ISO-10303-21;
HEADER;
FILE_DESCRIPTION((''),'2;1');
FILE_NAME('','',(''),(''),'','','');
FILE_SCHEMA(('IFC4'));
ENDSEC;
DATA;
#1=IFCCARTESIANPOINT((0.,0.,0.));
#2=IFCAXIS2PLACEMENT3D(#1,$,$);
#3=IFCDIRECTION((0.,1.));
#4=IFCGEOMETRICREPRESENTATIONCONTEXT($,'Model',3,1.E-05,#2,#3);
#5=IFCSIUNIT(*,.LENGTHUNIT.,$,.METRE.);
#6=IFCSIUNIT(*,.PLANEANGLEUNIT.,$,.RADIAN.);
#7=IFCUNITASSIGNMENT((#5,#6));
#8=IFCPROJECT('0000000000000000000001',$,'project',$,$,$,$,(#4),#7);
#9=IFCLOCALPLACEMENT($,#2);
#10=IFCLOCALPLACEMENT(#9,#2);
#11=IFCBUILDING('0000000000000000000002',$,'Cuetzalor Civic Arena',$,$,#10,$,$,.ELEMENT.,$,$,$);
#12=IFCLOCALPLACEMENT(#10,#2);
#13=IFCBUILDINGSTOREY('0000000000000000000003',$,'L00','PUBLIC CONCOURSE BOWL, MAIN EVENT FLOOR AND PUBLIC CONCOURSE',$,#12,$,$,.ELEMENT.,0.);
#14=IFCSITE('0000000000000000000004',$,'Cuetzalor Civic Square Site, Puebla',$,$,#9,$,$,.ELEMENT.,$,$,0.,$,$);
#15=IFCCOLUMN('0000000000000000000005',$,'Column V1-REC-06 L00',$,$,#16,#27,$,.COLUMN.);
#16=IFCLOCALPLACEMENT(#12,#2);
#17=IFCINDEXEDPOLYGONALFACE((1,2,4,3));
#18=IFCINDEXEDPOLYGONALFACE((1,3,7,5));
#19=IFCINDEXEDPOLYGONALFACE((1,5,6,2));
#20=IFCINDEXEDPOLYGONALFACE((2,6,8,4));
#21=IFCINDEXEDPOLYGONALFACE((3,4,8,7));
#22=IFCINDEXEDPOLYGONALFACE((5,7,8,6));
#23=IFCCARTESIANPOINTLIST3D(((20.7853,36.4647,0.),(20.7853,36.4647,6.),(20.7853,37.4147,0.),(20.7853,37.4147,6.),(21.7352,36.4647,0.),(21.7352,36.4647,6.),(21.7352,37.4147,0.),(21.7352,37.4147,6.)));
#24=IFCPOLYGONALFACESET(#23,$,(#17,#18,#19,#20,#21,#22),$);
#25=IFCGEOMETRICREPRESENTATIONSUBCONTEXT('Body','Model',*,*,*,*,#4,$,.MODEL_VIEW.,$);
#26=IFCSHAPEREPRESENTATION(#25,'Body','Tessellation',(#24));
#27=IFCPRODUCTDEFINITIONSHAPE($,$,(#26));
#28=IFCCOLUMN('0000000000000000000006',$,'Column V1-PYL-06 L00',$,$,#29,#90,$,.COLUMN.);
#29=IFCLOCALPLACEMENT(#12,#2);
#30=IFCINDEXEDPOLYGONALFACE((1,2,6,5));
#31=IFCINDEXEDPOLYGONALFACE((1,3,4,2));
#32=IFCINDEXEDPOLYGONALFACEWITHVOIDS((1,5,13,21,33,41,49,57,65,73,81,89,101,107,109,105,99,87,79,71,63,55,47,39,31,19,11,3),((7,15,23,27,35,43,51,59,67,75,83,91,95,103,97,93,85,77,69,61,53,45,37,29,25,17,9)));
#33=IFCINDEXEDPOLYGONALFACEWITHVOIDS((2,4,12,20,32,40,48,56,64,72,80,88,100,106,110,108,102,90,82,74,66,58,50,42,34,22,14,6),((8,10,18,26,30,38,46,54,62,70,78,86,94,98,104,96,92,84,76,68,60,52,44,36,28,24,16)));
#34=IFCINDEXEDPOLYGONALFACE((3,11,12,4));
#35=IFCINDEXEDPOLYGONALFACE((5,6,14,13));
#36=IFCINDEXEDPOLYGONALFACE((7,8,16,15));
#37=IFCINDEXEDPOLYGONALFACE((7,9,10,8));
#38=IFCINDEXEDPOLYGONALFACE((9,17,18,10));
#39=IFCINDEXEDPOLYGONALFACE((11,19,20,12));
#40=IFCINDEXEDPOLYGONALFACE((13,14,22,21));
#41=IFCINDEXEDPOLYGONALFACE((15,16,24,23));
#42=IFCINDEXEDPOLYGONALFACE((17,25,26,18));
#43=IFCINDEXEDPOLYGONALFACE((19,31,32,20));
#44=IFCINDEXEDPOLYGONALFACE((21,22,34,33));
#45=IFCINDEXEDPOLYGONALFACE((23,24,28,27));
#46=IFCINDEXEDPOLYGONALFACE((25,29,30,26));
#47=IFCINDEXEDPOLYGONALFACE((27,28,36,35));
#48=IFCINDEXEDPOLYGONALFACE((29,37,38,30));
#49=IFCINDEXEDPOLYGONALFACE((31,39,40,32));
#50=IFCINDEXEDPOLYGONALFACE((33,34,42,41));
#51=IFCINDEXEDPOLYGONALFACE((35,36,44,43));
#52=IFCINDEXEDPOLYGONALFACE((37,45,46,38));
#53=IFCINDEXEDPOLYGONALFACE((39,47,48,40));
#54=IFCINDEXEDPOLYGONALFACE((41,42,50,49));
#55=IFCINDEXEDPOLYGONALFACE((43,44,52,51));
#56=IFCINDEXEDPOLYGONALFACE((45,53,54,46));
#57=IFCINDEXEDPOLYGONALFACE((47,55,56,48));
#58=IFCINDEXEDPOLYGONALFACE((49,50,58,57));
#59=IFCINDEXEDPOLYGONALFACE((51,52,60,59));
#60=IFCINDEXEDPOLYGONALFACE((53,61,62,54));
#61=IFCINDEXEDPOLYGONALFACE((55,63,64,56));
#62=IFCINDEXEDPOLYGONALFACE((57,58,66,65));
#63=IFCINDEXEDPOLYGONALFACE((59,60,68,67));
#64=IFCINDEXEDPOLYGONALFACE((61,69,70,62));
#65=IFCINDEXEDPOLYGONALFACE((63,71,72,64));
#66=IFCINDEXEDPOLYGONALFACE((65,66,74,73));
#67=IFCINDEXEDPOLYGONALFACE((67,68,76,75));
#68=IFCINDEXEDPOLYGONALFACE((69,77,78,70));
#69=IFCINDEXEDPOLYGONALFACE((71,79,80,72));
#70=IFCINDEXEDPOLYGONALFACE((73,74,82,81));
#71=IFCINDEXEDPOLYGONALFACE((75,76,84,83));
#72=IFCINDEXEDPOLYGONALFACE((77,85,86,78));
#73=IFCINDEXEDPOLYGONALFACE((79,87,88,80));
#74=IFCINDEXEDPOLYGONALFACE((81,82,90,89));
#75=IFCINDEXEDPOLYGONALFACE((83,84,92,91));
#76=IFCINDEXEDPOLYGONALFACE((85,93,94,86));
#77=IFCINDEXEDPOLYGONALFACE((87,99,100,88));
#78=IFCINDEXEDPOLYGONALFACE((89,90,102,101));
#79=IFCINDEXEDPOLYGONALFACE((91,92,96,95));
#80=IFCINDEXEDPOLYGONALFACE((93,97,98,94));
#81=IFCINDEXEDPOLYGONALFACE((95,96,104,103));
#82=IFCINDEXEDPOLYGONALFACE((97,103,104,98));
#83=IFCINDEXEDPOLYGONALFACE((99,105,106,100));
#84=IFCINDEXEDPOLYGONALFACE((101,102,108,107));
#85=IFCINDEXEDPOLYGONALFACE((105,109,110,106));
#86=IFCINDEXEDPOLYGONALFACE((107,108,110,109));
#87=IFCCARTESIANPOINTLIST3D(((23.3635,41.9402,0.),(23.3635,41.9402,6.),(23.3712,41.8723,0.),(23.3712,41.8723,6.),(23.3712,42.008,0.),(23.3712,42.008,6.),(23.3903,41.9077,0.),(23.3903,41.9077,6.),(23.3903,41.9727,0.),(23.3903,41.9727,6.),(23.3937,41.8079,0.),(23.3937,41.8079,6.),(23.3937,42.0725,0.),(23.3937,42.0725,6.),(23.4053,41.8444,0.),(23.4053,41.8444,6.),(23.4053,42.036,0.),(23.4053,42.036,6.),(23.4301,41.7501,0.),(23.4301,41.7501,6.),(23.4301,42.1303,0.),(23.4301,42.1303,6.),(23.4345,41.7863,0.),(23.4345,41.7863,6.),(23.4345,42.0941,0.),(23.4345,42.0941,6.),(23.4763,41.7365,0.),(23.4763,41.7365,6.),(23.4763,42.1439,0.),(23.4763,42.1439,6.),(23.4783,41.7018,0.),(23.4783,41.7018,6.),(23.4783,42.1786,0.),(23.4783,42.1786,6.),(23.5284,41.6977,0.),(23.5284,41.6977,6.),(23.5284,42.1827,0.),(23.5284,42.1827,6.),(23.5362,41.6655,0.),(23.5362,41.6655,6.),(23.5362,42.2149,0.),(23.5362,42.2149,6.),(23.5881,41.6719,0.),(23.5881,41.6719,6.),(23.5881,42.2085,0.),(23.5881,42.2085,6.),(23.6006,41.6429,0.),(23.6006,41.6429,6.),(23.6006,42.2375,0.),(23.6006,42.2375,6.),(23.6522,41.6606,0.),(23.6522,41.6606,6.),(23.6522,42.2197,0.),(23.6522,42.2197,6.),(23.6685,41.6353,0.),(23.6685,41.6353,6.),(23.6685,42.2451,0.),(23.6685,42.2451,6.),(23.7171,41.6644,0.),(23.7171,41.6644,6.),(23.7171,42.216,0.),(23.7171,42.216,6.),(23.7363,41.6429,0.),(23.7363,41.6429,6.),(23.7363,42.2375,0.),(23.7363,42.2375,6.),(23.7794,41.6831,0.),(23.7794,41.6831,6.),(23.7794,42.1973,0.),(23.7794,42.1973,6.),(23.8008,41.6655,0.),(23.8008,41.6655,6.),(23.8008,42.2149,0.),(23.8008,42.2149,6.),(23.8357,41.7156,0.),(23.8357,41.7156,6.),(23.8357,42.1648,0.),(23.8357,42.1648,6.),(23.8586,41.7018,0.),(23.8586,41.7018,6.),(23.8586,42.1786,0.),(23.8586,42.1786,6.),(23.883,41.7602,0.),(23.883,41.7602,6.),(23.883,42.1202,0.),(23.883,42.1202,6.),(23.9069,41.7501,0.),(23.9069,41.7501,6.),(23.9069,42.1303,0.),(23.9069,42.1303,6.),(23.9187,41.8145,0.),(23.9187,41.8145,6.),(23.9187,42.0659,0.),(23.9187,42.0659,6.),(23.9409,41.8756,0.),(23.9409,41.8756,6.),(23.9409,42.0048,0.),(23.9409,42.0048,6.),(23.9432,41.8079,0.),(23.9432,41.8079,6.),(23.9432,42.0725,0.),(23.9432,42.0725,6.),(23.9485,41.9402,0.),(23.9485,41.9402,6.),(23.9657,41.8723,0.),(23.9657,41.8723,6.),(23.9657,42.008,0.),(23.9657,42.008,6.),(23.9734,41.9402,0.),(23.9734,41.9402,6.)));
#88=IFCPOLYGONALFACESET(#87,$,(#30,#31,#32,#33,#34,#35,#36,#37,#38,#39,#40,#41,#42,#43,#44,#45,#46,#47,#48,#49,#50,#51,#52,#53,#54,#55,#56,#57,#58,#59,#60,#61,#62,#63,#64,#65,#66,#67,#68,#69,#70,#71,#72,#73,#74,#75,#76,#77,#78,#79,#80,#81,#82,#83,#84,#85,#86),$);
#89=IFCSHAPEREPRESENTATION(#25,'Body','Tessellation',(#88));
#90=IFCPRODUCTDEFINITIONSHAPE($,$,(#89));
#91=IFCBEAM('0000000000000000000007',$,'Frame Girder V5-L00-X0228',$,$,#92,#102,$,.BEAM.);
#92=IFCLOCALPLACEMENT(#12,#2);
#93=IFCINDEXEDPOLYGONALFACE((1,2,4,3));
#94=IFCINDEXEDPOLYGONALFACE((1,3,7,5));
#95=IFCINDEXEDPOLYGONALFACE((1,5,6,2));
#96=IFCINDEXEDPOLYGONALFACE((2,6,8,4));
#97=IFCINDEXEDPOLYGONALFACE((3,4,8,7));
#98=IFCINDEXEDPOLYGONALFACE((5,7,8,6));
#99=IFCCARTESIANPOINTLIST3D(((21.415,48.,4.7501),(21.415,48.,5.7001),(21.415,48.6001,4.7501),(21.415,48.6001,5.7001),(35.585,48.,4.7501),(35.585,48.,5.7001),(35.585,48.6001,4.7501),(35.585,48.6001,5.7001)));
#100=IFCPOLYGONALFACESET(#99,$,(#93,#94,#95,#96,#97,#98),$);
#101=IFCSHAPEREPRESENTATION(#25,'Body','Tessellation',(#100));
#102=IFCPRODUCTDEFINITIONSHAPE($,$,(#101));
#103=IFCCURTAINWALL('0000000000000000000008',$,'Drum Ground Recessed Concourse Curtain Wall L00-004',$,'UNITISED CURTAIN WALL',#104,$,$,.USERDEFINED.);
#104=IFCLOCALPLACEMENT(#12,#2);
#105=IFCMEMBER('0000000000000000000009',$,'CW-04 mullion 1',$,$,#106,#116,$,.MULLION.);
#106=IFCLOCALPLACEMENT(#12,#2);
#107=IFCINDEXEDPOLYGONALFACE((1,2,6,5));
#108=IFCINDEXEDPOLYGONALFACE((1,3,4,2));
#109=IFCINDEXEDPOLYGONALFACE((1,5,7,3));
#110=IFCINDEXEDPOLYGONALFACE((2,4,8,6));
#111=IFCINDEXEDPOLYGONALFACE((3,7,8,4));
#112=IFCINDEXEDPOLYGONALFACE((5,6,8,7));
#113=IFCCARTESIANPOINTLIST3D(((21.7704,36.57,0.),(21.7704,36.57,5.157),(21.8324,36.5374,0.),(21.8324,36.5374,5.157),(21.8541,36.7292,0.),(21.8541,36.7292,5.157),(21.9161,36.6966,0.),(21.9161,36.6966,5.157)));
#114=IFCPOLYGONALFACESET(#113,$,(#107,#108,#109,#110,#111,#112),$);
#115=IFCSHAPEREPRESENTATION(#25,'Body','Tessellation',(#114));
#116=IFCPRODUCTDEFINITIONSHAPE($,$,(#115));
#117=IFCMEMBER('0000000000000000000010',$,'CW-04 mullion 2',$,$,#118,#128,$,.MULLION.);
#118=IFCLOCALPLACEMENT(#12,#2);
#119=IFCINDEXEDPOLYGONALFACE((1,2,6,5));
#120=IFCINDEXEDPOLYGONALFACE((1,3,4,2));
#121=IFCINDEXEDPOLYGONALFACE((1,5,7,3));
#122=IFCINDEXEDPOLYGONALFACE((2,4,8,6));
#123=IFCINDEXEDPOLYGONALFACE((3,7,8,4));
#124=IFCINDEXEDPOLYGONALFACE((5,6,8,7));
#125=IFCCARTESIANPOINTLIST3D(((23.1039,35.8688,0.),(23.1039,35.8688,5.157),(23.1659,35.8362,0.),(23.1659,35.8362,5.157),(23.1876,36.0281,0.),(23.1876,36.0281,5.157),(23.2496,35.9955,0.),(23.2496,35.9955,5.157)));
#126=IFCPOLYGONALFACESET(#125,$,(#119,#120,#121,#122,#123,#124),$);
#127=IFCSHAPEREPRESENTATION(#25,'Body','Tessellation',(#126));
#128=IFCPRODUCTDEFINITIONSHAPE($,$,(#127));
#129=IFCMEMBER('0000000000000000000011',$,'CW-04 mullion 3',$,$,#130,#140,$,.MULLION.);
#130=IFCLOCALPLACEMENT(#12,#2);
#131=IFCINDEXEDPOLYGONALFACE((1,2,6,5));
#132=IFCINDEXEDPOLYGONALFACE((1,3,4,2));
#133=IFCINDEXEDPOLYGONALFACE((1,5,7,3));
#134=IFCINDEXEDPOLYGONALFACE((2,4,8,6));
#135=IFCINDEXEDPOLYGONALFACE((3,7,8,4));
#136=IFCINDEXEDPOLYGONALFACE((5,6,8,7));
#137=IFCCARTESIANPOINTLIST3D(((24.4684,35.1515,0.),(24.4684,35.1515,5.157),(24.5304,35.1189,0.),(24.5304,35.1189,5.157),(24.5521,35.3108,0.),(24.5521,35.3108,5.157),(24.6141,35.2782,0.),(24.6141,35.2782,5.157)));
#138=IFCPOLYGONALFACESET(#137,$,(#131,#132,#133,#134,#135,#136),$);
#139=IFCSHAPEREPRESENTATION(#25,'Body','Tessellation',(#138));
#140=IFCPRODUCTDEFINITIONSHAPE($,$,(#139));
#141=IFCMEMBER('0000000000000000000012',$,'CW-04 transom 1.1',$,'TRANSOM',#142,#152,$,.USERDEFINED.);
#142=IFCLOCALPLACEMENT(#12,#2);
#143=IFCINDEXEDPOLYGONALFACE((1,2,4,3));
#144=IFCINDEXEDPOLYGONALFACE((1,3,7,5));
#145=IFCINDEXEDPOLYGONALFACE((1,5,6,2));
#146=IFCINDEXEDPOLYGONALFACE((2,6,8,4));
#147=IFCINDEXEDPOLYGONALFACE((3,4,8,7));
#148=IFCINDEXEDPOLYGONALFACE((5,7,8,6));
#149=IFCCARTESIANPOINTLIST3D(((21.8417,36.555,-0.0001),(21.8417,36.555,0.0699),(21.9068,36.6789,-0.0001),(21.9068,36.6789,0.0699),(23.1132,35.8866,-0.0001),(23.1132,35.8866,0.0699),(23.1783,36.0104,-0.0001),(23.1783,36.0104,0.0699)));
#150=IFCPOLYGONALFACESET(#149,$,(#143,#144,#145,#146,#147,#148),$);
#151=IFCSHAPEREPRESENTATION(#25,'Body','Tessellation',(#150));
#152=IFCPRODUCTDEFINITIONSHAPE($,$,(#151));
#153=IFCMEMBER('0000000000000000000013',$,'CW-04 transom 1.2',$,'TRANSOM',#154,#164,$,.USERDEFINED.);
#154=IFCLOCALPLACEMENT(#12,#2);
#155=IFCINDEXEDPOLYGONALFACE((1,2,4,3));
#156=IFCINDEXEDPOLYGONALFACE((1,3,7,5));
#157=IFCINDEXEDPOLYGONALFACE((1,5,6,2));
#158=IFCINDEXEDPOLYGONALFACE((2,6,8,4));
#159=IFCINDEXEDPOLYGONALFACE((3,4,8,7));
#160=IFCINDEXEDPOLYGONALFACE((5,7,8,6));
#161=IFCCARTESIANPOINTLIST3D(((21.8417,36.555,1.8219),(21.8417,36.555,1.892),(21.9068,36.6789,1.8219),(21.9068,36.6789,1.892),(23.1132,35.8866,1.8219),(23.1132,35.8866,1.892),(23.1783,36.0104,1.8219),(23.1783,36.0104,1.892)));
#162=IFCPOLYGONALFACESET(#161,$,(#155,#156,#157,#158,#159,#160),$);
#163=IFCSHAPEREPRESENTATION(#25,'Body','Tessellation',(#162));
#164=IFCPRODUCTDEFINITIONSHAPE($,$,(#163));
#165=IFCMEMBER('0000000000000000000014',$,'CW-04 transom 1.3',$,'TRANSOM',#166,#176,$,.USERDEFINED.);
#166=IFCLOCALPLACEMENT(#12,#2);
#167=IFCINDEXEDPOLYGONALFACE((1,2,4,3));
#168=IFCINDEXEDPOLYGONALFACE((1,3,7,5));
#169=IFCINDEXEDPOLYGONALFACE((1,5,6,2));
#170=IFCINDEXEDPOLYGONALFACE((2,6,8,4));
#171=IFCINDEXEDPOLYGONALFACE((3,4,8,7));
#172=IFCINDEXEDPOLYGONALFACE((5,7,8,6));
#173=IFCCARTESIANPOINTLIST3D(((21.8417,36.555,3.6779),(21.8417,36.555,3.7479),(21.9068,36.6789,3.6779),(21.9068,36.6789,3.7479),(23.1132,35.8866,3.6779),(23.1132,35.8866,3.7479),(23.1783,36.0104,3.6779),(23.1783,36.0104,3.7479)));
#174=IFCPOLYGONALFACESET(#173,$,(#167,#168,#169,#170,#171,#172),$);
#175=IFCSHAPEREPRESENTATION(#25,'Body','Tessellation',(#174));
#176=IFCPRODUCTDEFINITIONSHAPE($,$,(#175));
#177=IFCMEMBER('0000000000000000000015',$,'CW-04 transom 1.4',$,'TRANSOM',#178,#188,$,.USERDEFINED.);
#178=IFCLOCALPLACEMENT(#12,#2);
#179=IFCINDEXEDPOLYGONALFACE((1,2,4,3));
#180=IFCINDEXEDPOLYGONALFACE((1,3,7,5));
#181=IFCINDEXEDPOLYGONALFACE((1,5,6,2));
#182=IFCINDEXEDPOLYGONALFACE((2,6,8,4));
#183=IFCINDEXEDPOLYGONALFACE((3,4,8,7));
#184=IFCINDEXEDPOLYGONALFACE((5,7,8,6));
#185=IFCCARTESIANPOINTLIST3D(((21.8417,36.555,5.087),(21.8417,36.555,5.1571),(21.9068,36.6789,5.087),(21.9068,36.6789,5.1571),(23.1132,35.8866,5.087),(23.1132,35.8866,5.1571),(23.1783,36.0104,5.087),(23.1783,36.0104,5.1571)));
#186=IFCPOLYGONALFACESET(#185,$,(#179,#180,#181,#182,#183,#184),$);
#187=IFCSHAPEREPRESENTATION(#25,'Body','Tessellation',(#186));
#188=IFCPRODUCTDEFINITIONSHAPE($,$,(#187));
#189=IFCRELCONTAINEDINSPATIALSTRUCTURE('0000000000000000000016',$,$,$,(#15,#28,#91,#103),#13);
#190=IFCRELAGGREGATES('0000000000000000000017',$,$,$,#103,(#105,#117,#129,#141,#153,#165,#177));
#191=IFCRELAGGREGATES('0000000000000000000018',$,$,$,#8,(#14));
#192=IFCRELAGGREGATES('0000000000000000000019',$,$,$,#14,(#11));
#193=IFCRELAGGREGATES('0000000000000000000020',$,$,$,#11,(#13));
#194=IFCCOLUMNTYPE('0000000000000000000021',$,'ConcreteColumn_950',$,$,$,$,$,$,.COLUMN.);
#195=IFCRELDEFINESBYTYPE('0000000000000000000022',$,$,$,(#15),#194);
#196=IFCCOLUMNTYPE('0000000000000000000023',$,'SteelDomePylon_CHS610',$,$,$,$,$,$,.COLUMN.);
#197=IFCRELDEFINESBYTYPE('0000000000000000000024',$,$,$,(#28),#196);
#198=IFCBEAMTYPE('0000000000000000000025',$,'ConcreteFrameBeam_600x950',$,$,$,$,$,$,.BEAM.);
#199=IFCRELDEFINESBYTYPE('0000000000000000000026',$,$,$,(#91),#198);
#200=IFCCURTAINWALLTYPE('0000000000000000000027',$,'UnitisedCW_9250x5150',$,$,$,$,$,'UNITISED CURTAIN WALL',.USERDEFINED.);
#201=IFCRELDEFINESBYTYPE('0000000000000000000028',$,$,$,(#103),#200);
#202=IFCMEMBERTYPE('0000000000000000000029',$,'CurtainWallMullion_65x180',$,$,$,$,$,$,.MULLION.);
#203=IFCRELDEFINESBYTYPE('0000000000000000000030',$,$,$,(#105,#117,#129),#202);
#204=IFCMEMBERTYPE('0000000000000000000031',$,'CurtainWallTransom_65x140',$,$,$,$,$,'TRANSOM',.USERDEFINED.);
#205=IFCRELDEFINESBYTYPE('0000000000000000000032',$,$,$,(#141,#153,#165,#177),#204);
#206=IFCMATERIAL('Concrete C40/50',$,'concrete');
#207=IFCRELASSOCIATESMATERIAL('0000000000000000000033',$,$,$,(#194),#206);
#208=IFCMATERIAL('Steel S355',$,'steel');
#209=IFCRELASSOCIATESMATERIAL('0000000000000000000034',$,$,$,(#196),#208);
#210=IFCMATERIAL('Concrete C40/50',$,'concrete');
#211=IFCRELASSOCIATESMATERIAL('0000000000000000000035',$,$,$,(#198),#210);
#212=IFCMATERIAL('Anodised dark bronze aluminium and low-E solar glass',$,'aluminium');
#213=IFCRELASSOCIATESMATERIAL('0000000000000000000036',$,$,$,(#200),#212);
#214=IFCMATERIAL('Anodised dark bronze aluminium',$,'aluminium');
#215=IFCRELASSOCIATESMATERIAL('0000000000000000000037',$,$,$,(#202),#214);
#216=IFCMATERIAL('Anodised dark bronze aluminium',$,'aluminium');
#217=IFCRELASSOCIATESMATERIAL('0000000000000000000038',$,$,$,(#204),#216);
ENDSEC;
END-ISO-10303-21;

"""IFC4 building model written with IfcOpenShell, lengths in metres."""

from ifc_helpers import new_model, si_unit, direction, frame, origin, origin_2d, place, context, subcontext, project, spatial, rectangle, hollow_circle, extrude, material, material_profile, profile_set, type_object, element, aggregate, save


model = new_model("IFC4")

# Units and contexts
model_context = context("Model", 3, precision=1e-05, world=origin(), true_north=direction((0.0, 1.0)))
body_context = subcontext(model_context, "Body", "Model", "MODEL_VIEW")
ifc_project = project(units=[si_unit("LENGTHUNIT", "METRE"), si_unit("PLANEANGLEUNIT", "RADIAN")], contexts=[model_context])

# Site, building, storey
site_placement = place(None, origin())
site = spatial("IfcSite", under=ifc_project, at=site_placement, Name="Cuetzalor Civic Square Site, Puebla", CompositionType="ELEMENT", RefElevation=0.0)
building_placement = place(site_placement, origin())
building = spatial("IfcBuilding", under=site, at=building_placement, Name="Cuetzalor Civic Arena", CompositionType="ELEMENT")
storey_placement = place(building_placement, origin())
storey = spatial("IfcBuildingStorey", under=building, at=storey_placement, Name="L00", Description="PUBLIC CONCOURSE BOWL, MAIN EVENT FLOOR AND PUBLIC CONCOURSE", CompositionType="ELEMENT", Elevation=0.0)

# Columns
ifc_material_1 = material(Name="Concrete C40/50", Category="concrete")
ifc_material_profile_1 = material_profile(ifc_material_1, rectangle(XDim=0.95, YDim=0.95, at=origin_2d()), Name="RC 950x950")
ifc_profile_set_1 = profile_set([ifc_material_profile_1], Name="Concrete C40/50")
column_type_1 = type_object("IfcColumnType", Name="ConcreteColumn_950", PredefinedType="COLUMN", material=ifc_profile_set_1)
column_1_placement = place(storey_placement, frame((21.2603, 36.9397, 0.0), z_axis=(0.0, 0.0, 1.0), x_axis=(1.0, 0.0, 0.0)))
element("IfcColumn", 1, at=column_1_placement, inside=storey, type_object=column_type_1, Name="Column V1-REC-06 L00", PredefinedType="COLUMN", context=body_context, shape_type="SweptSolid", body=[
    extrude(rectangle(XDim=0.95, YDim=0.95, at=origin_2d()), origin(), (0.0, 0.0, 1.0), 6.0),
])
ifc_material_2 = material(Name="Steel S355", Category="steel")
ifc_material_profile_2 = material_profile(ifc_material_2, hollow_circle(Radius=0.3049, WallThickness=0.0249, at=origin_2d()), Name="CHS 610x25")
ifc_profile_set_2 = profile_set([ifc_material_profile_2], Name="Steel S355")
column_type_2 = type_object("IfcColumnType", Name="SteelDomePylon_CHS610", PredefinedType="COLUMN", material=ifc_profile_set_2)
column_2_placement = place(storey_placement, frame((23.6685, 41.9402, 0.0), z_axis=(0.0, 0.0, 1.0), x_axis=(1.0, 0.0, 0.0)))
element("IfcColumn", 2, at=column_2_placement, inside=storey, type_object=column_type_2, Name="Column V1-PYL-06 L00", PredefinedType="COLUMN", context=body_context, shape_type="SweptSolid", body=[
    extrude(hollow_circle(Radius=0.3049, WallThickness=0.0249, at=origin_2d()), origin(), (0.0, 0.0, 1.0), 6.0),
])

# Beam
ifc_material_3 = material(Name="Concrete C40/50", Category="concrete")
ifc_material_profile_3 = material_profile(ifc_material_3, rectangle(XDim=0.6001, YDim=0.95, at=origin_2d()), Name="RC 600x950")
ifc_profile_set_3 = profile_set([ifc_material_profile_3], Name="Concrete C40/50")
beam_type_1 = type_object("IfcBeamType", Name="ConcreteFrameBeam_600x950", PredefinedType="BEAM", material=ifc_profile_set_3)
beam_1_placement = place(storey_placement, frame((21.415, 48.3, 5.2251), z_axis=(1.0, 0.0, 0.0), x_axis=(0.0, 1.0, 0.0)))
element("IfcBeam", 3, at=beam_1_placement, inside=storey, type_object=beam_type_1, Name="Frame Girder V5-L00-X0228", PredefinedType="BEAM", context=body_context, shape_type="SweptSolid", body=[
    extrude(rectangle(XDim=0.6001, YDim=0.95, at=origin_2d()), origin(), (0.0, 0.0, 1.0), 14.1699),
])

# Curtain wall, members
ifc_material_4 = material(Name="Anodised dark bronze aluminium and low-E solar glass", Category="aluminium")
curtain_wall_type = type_object("IfcCurtainWallType", Name="UnitisedCW_9250x5150", ElementType="UNITISED CURTAIN WALL", PredefinedType="USERDEFINED", material=ifc_material_4)
curtain_wall_placement = place(storey_placement, origin())
curtain_wall = element("IfcCurtainWall", 4, at=curtain_wall_placement, inside=storey, type_object=curtain_wall_type, Name="Drum Ground Recessed Concourse Curtain Wall L00-004", ObjectType="UNITISED CURTAIN WALL", PredefinedType="USERDEFINED")
ifc_material_5 = material(Name="Anodised dark bronze aluminium", Category="aluminium")
ifc_material_profile_4 = material_profile(ifc_material_5, rectangle(XDim=0.0701, YDim=0.1799, at=origin_2d()), Name="ALU MULLION 70x180")
ifc_profile_set_4 = profile_set([ifc_material_profile_4], Name="Anodised dark bronze aluminium")
member_type_1 = type_object("IfcMemberType", Name="CurtainWallMullion_65x180", PredefinedType="MULLION", material=ifc_profile_set_4)
member_1_placement = place(storey_placement, frame((21.8433, 36.6333, 0.0), z_axis=(0.0, 0.0, 1.0), x_axis=(0.885118, -0.465366, 0.0)))
member_1 = element("IfcMember", 5, at=member_1_placement, type_object=member_type_1, Name="CW-04 mullion 1", PredefinedType="MULLION", context=body_context, shape_type="SweptSolid", body=[
    extrude(rectangle(XDim=0.0701, YDim=0.1799, at=origin_2d()), origin(), (0.0, 0.0, 1.0), 5.157),
])
member_2_placement = place(storey_placement, frame((23.1768, 35.9321, 0.0), z_axis=(0.0, 0.0, 1.0), x_axis=(0.885118, -0.465366, 0.0)))
member_2 = element("IfcMember", 6, at=member_2_placement, type_object=member_type_1, Name="CW-04 mullion 2", PredefinedType="MULLION", context=body_context, shape_type="SweptSolid", body=[
    extrude(rectangle(XDim=0.0701, YDim=0.1799, at=origin_2d()), origin(), (0.0, 0.0, 1.0), 5.157),
])
member_3_placement = place(storey_placement, frame((24.5413, 35.2148, 0.0), z_axis=(0.0, 0.0, 1.0), x_axis=(0.885118, -0.465366, 0.0)))
member_3 = element("IfcMember", 7, at=member_3_placement, type_object=member_type_1, Name="CW-04 mullion 3", PredefinedType="MULLION", context=body_context, shape_type="SweptSolid", body=[
    extrude(rectangle(XDim=0.0701, YDim=0.1799, at=origin_2d()), origin(), (0.0, 0.0, 1.0), 5.157),
])
ifc_material_6 = material(Name="Anodised dark bronze aluminium", Category="aluminium")
ifc_material_profile_5 = material_profile(ifc_material_6, rectangle(XDim=0.1399, YDim=0.0701, at=origin_2d()), Name="ALU TRANSOM 70x140")
ifc_profile_set_5 = profile_set([ifc_material_profile_5], Name="Anodised dark bronze aluminium")
member_type_2 = type_object("IfcMemberType", Name="CurtainWallTransom_65x140", ElementType="TRANSOM", PredefinedType="USERDEFINED", material=ifc_profile_set_5)
member_4_placement = place(storey_placement, frame((21.8743, 36.6169, 0.0349), z_axis=(0.885132, -0.46534, 0.0), x_axis=(0.46534, 0.885132, 0.0)))
member_4 = element("IfcMember", 8, at=member_4_placement, type_object=member_type_2, Name="CW-04 transom 1.1", ObjectType="TRANSOM", PredefinedType="USERDEFINED", context=body_context, shape_type="SweptSolid", body=[
    extrude(rectangle(XDim=0.1399, YDim=0.0701, at=origin_2d()), origin(), (0.0, 0.0, 1.0), 1.4365),
])
member_5_placement = place(storey_placement, frame((21.8743, 36.6169, 1.8569), z_axis=(0.885132, -0.46534, 0.0), x_axis=(0.46534, 0.885132, 0.0)))
member_5 = element("IfcMember", 9, at=member_5_placement, type_object=member_type_2, Name="CW-04 transom 1.2", ObjectType="TRANSOM", PredefinedType="USERDEFINED", context=body_context, shape_type="SweptSolid", body=[
    extrude(rectangle(XDim=0.1399, YDim=0.0701, at=origin_2d()), origin(), (0.0, 0.0, 1.0), 1.4365),
])
member_6_placement = place(storey_placement, frame((21.8743, 36.6169, 3.7129), z_axis=(0.885132, -0.46534, 0.0), x_axis=(0.46534, 0.885132, 0.0)))
member_6 = element("IfcMember", 10, at=member_6_placement, type_object=member_type_2, Name="CW-04 transom 1.3", ObjectType="TRANSOM", PredefinedType="USERDEFINED", context=body_context, shape_type="SweptSolid", body=[
    extrude(rectangle(XDim=0.1399, YDim=0.0701, at=origin_2d()), origin(), (0.0, 0.0, 1.0), 1.4365),
])
member_7_placement = place(storey_placement, frame((21.8743, 36.6169, 5.1221), z_axis=(0.885132, -0.46534, 0.0), x_axis=(0.46534, 0.885132, 0.0)))
member_7 = element("IfcMember", 11, at=member_7_placement, type_object=member_type_2, Name="CW-04 transom 1.4", ObjectType="TRANSOM", PredefinedType="USERDEFINED", context=body_context, shape_type="SweptSolid", body=[
    extrude(rectangle(XDim=0.1399, YDim=0.0701, at=origin_2d()), origin(), (0.0, 0.0, 1.0), 1.4365),
])

aggregate(curtain_wall, [member_1, member_2, member_3, member_4, member_5, member_6, member_7])

save(model, "model.ifc")
